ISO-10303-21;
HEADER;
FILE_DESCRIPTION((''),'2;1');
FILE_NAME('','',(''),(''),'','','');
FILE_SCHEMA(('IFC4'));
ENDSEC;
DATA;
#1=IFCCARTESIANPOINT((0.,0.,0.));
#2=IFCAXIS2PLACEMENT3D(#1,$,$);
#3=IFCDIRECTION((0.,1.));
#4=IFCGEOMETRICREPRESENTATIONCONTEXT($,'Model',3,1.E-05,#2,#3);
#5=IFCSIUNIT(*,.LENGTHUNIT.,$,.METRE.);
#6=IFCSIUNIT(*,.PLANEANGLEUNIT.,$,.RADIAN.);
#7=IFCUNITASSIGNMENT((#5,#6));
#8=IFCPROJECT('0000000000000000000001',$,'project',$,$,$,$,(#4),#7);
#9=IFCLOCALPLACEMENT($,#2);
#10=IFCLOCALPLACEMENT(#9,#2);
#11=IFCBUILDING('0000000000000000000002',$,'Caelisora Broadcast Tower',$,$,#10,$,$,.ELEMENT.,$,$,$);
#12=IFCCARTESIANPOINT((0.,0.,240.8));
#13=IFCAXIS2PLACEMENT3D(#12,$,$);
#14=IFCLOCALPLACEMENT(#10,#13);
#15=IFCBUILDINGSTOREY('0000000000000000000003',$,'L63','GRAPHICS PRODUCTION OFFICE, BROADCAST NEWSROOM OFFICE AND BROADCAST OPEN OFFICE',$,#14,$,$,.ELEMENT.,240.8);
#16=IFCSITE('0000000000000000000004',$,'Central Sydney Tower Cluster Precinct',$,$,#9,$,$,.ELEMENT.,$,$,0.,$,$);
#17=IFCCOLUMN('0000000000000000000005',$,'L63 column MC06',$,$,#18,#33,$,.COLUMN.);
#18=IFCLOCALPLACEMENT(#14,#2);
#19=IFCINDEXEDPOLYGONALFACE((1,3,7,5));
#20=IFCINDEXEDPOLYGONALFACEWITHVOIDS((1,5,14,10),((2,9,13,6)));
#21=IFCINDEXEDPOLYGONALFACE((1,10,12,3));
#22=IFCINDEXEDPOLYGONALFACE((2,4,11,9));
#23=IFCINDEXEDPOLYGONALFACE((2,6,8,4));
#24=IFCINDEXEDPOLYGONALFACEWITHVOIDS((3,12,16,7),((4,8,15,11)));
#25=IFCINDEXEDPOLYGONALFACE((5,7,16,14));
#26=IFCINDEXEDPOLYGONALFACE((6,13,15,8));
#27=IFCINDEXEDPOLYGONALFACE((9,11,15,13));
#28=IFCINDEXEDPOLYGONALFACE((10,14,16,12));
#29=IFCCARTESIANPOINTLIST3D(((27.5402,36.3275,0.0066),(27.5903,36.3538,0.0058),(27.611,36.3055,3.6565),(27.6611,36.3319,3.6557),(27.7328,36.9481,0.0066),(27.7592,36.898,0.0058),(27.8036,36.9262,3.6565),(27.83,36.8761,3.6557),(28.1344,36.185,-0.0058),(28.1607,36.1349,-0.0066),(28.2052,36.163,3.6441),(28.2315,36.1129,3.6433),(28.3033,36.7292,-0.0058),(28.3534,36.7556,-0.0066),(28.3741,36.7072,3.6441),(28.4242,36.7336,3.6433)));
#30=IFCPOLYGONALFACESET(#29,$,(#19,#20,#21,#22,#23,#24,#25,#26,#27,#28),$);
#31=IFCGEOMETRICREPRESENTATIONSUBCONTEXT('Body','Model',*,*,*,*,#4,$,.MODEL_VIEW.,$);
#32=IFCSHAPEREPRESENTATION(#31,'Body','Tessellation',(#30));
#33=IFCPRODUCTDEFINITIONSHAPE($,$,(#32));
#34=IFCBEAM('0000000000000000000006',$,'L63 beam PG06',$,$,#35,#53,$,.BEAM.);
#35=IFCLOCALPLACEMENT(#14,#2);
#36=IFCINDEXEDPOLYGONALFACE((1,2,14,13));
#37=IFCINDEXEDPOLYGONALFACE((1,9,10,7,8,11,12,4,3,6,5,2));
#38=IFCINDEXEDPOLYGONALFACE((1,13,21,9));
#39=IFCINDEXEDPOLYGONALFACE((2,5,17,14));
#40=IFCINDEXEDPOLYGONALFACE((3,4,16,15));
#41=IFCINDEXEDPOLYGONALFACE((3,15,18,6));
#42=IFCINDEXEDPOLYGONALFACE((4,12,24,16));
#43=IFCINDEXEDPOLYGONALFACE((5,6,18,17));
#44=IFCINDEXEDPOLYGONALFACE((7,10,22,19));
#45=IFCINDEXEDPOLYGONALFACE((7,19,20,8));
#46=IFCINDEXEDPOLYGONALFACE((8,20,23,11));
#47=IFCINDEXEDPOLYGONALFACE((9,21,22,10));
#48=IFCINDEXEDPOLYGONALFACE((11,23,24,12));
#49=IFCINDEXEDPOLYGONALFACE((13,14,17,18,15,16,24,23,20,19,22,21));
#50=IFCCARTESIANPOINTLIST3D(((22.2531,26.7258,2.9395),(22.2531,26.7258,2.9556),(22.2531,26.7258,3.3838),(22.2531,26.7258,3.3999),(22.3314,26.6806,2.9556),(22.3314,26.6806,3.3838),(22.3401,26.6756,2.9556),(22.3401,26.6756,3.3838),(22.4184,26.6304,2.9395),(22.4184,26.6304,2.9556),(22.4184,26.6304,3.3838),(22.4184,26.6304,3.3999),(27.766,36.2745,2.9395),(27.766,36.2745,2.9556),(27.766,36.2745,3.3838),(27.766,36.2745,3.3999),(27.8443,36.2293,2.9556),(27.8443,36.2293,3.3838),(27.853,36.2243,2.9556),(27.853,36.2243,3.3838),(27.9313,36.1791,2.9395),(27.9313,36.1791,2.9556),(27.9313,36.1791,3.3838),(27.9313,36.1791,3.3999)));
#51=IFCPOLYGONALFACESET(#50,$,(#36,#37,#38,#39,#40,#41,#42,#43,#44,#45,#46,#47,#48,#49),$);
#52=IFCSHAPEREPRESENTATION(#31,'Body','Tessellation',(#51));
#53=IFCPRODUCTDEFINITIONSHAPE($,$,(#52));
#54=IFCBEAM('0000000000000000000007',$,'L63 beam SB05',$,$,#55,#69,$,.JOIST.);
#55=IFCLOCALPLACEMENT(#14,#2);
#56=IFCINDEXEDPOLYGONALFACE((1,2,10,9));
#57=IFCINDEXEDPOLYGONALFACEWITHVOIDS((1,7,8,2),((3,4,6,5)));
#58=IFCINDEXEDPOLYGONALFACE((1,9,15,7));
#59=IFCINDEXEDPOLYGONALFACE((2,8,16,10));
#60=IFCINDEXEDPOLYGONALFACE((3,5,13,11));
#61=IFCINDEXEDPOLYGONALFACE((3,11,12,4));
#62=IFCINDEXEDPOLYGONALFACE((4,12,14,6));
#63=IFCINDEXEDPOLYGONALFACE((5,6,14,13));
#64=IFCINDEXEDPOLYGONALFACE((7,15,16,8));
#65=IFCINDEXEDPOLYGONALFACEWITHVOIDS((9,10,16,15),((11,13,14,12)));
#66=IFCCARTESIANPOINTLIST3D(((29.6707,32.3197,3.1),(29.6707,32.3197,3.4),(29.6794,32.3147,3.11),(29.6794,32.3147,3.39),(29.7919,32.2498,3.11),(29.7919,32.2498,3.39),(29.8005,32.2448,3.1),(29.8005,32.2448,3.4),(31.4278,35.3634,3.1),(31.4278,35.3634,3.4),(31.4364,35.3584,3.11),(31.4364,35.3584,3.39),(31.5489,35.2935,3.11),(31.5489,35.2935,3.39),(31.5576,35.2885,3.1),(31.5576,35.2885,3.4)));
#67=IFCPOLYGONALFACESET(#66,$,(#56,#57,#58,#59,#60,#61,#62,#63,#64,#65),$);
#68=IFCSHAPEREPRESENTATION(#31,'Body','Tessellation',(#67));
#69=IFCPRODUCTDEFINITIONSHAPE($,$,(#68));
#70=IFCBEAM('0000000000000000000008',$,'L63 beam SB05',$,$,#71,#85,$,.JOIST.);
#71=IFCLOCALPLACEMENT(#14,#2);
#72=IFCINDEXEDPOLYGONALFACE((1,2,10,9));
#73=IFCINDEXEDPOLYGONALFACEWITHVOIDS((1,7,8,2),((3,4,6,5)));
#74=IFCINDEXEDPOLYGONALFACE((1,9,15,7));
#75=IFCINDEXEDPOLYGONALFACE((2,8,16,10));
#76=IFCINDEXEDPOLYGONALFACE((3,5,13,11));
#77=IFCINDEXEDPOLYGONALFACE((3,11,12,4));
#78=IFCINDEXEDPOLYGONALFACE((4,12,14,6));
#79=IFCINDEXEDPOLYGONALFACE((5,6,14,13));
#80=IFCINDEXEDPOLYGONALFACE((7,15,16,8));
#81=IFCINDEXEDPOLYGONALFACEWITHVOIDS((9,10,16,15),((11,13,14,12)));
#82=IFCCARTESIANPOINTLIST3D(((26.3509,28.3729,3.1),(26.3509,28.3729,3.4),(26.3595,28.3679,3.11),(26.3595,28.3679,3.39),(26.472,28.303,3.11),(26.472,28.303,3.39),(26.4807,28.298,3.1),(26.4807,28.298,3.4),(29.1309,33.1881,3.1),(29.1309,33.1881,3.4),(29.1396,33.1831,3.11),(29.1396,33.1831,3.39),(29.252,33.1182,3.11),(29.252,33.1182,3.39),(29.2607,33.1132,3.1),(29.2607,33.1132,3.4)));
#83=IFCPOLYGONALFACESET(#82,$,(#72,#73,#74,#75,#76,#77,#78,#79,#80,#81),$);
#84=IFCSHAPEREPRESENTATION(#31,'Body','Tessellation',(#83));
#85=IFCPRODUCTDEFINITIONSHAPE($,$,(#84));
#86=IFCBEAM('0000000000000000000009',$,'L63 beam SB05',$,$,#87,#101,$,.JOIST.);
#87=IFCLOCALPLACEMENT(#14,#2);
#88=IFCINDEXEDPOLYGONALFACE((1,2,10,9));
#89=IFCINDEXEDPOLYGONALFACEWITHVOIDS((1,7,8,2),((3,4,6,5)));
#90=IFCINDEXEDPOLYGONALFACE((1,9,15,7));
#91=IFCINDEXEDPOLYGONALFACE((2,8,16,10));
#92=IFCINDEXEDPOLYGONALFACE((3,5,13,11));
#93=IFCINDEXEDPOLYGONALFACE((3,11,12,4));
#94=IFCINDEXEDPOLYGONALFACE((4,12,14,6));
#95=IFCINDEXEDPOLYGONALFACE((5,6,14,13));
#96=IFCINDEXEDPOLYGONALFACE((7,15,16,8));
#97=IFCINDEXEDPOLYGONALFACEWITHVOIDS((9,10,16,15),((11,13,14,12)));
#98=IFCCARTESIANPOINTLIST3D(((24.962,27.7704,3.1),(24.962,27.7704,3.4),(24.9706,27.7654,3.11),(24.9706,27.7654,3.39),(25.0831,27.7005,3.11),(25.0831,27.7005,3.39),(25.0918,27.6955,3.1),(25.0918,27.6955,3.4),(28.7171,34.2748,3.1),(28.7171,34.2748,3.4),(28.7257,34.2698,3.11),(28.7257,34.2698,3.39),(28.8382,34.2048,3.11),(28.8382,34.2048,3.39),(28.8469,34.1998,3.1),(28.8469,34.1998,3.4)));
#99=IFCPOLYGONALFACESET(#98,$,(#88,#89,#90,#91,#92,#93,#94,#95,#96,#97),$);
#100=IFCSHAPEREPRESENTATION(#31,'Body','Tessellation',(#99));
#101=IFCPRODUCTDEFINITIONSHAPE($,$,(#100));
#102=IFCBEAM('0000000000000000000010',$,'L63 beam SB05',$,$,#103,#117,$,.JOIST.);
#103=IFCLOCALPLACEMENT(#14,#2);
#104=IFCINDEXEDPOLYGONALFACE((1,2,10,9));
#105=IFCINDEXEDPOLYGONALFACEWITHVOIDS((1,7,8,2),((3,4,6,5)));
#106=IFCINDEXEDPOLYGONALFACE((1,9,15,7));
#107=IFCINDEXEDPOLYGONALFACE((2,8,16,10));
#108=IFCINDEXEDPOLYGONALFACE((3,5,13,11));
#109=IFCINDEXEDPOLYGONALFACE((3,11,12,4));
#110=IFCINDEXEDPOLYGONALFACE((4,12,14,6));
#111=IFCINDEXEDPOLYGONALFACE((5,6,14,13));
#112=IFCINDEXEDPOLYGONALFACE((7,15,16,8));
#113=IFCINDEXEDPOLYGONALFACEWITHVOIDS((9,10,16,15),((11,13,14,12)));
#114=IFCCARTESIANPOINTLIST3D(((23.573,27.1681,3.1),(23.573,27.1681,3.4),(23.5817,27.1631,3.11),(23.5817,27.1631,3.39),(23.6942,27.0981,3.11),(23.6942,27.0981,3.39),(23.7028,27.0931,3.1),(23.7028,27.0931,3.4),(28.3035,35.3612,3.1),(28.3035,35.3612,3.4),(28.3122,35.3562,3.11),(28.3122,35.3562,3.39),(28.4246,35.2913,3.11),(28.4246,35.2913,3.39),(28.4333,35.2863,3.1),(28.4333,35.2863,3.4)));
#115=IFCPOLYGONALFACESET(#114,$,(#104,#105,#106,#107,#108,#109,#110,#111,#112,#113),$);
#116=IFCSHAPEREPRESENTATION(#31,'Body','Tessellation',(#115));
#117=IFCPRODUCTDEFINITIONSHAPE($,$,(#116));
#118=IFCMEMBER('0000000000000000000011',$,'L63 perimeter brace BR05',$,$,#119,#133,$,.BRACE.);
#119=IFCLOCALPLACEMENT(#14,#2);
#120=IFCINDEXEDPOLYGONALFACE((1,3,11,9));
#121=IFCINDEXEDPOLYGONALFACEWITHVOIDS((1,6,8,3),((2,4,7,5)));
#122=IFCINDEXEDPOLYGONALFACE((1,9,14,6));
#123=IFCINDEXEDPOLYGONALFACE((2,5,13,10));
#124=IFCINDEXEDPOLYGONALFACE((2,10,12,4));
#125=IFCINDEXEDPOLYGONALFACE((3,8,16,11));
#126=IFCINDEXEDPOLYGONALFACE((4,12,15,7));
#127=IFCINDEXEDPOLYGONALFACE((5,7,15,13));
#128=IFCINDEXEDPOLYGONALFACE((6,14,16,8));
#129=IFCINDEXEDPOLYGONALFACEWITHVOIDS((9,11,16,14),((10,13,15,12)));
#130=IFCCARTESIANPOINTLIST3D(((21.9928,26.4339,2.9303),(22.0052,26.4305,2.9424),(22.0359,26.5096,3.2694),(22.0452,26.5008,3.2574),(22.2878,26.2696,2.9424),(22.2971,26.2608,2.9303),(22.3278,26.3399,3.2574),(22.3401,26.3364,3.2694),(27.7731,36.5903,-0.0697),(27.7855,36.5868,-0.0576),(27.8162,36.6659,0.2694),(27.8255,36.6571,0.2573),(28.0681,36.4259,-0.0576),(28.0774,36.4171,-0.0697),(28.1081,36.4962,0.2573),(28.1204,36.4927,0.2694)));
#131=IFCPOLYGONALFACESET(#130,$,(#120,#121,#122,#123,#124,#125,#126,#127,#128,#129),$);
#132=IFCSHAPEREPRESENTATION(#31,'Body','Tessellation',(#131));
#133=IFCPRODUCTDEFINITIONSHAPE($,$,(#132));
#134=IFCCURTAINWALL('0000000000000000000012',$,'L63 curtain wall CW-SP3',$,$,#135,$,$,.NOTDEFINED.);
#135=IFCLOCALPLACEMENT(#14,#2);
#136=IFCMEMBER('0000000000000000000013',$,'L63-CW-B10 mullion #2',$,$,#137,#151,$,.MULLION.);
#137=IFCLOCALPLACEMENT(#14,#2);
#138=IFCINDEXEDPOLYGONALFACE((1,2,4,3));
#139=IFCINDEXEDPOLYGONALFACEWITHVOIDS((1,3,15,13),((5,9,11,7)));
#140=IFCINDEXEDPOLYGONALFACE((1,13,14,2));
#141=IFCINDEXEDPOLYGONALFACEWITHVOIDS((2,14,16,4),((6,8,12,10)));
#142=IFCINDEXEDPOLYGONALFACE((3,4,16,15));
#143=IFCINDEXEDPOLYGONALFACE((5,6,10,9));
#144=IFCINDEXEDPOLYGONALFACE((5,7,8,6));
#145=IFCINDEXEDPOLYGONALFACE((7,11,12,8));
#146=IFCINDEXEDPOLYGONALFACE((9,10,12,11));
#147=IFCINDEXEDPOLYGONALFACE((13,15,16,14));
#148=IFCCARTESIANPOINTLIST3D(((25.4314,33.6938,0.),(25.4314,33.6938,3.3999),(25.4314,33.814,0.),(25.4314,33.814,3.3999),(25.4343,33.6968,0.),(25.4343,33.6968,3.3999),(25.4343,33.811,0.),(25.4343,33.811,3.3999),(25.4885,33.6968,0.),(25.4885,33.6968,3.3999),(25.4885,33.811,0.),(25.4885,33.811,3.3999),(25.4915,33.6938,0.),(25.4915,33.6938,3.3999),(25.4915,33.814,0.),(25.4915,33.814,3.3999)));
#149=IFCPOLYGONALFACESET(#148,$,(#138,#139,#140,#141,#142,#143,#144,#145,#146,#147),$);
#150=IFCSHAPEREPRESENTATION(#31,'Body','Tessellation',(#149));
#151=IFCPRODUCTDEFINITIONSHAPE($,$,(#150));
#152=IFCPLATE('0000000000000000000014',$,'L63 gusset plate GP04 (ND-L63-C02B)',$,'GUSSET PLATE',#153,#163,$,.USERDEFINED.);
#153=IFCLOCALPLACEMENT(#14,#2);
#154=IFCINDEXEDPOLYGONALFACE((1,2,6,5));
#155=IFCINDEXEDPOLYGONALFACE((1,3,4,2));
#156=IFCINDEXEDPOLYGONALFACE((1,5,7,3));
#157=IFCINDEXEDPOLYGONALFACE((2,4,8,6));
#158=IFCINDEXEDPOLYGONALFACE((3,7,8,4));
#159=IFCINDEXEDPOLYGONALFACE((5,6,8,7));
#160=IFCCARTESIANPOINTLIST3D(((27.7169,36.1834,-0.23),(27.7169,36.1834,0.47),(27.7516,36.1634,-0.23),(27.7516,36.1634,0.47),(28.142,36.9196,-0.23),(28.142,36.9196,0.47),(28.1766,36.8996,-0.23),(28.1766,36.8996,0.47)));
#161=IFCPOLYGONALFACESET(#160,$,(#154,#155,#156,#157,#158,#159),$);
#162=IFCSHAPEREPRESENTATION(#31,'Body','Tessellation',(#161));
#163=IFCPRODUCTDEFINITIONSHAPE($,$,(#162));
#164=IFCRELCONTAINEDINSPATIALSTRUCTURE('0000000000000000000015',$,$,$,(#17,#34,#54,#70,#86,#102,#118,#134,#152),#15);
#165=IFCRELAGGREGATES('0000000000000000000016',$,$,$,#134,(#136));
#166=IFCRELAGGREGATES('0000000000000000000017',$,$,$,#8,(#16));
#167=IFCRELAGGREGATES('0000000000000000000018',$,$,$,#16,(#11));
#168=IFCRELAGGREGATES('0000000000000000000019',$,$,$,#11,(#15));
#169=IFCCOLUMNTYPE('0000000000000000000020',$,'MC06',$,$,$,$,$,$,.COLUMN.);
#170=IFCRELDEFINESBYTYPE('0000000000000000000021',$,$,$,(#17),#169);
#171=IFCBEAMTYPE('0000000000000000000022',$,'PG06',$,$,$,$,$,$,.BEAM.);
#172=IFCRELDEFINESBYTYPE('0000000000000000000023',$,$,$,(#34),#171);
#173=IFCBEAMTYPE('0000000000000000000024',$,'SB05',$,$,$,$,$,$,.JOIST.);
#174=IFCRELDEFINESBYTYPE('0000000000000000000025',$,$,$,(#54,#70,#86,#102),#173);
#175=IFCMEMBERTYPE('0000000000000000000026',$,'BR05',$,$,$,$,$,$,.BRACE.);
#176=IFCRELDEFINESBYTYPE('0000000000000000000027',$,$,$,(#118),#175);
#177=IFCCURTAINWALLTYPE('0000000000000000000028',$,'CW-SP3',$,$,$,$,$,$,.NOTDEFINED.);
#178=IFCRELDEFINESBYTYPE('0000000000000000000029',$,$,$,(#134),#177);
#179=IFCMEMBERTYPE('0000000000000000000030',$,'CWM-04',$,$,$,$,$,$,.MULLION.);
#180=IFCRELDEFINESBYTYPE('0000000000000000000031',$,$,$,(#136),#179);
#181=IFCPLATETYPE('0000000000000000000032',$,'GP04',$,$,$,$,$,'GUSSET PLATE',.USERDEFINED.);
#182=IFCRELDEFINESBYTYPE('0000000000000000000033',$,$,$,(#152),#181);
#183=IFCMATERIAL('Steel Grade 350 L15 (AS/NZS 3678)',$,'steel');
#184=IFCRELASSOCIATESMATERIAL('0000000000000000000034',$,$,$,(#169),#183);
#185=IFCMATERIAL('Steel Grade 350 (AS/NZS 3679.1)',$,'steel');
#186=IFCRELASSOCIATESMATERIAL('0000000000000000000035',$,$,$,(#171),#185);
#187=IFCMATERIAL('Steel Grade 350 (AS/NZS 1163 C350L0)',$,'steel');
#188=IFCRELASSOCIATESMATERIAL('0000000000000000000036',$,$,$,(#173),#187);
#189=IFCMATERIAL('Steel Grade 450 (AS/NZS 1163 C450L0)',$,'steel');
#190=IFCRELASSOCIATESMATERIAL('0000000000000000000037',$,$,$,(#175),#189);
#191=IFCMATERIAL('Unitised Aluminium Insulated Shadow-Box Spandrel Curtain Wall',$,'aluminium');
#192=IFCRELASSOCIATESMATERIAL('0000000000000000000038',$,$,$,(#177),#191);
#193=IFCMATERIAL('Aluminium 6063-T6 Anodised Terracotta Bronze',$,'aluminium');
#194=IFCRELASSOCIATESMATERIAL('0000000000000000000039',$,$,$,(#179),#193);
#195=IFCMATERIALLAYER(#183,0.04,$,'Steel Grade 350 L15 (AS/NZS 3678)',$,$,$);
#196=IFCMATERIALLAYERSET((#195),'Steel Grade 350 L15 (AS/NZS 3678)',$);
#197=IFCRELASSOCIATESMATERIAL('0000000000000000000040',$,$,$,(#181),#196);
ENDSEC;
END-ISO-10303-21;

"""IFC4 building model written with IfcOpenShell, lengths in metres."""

from ifc_helpers import new_model, si_unit, direction, frame, origin, origin_2d, place, context, subcontext, project, spatial, rectangle, hollow_rectangle, i_section, extrude, source, transform, mapped, material, layer, layer_set, material_profile, profile_set, type_object, type_shapes, element, aggregate, save


model = new_model("IFC4")

# Units and contexts
model_context = context("Model", 3, precision=1e-05, world=origin(), true_north=direction((0.0, 1.0)))
body_context = subcontext(model_context, "Body", "Model", "MODEL_VIEW")
ifc_project = project(units=[si_unit("LENGTHUNIT", "METRE"), si_unit("PLANEANGLEUNIT", "RADIAN")], contexts=[model_context])

# Site, building, storey
site_placement = place(None, origin())
site = spatial("IfcSite", under=ifc_project, at=site_placement, Name="Central Sydney Tower Cluster Precinct", CompositionType="ELEMENT", RefElevation=0.0)
building_placement = place(site_placement, origin())
building = spatial("IfcBuilding", under=site, at=building_placement, Name="Caelisora Broadcast Tower", CompositionType="ELEMENT")
storey_placement = place(building_placement, frame((0.0, 0.0, 240.8)))
storey = spatial("IfcBuildingStorey", under=building, at=storey_placement, Name="L63", Description="GRAPHICS PRODUCTION OFFICE, BROADCAST NEWSROOM OFFICE AND BROADCAST OPEN OFFICE", CompositionType="ELEMENT", Elevation=240.8)

# Column
ifc_material_1 = material(Name="Steel Grade 350 L15 (AS/NZS 3678)", Category="steel")
ifc_material_profile_1 = material_profile(ifc_material_1, hollow_rectangle(XDim=0.6499, YDim=0.6499, WallThickness=0.04, at=origin_2d()), Name="Steel Grade 350 L15 (AS/NZS 3678)")
ifc_profile_set_1 = profile_set([ifc_material_profile_1], Name="Steel Grade 350 L15 (AS/NZS 3678)")
column_type = type_object("IfcColumnType", Name="MC06", PredefinedType="COLUMN", material=ifc_profile_set_1)
shared_shape_1 = source(origin(), body_context, "Body", "SweptSolid", [
    extrude(hollow_rectangle(XDim=0.6499, YDim=0.6499, WallThickness=0.04, at=origin_2d()), origin(), (0.0, 0.0, 1.0), 3.6506),
])
type_shapes(column_type, [shared_shape_1])
column_placement = place(storey_placement, frame((27.9468, 36.5415, 0.0), z_axis=(0.019394, -0.006019, 0.999794), x_axis=(0.296399, 0.955064, 0.0)))
element("IfcColumn", 1, at=column_placement, inside=storey, type_object=column_type, Name="L63 column MC06", PredefinedType="COLUMN", context=body_context, shape_type="MappedRepresentation", body=[
    mapped(shared_shape_1, transform((0.0, 0.0, 0.0), scale=1.0)),
])

# Beams
ifc_material_2 = material(Name="Steel Grade 350 (AS/NZS 3679.1)", Category="steel")
ifc_material_profile_2 = material_profile(ifc_material_2, i_section(OverallWidth=0.1909, OverallDepth=0.4604, WebThickness=0.01, FlangeThickness=0.0161, at=origin_2d()), Name="Steel Grade 350 (AS/NZS 3679.1)")
ifc_profile_set_2 = profile_set([ifc_material_profile_2], Name="Steel Grade 350 (AS/NZS 3679.1)")
beam_type_1 = type_object("IfcBeamType", Name="PG06", PredefinedType="BEAM", material=ifc_profile_set_2)
shared_shape_2 = source(origin(), body_context, "Body", "SweptSolid", [
    extrude(i_section(OverallWidth=0.1909, OverallDepth=0.4604, WebThickness=0.01, FlangeThickness=0.0161, at=origin_2d()), origin(), (0.0, 0.0, 1.0), 11.0259),
])
type_shapes(beam_type_1, [shared_shape_2])
beam_1_placement = place(storey_placement, frame((27.8486, 36.2268, 3.1697), z_axis=(-0.499995, -0.866029, 0.0), x_axis=(0.866029, -0.499995, 0.0)))
element("IfcBeam", 2, at=beam_1_placement, inside=storey, type_object=beam_type_1, Name="L63 beam PG06", PredefinedType="BEAM", context=body_context, shape_type="MappedRepresentation", body=[
    mapped(shared_shape_2, transform((0.0, 0.0, 0.0), scale=1.0)),
])
ifc_material_3 = material(Name="Steel Grade 350 (AS/NZS 1163 C350L0)", Category="steel")
ifc_material_profile_3 = material_profile(ifc_material_3, hollow_rectangle(XDim=0.1499, YDim=0.3, WallThickness=0.01, at=origin_2d()), Name="Steel Grade 350 (AS/NZS 1163 C350L0)")
ifc_profile_set_3 = profile_set([ifc_material_profile_3], Name="Steel Grade 350 (AS/NZS 1163 C350L0)")
beam_type_2 = type_object("IfcBeamType", Name="SB05", PredefinedType="JOIST", material=ifc_profile_set_3)
shared_shape_3 = source(origin(), body_context, "Body", "SweptSolid", [
    extrude(hollow_rectangle(XDim=0.1499, YDim=0.3, WallThickness=0.01, at=origin_2d()), origin(), (0.0, 0.0, 1.0), 3.5144),
])
beam_2_placement = place(storey_placement, frame((31.4927, 35.3259, 3.25), z_axis=(-0.499957, -0.86605, 0.0), x_axis=(0.86605, -0.499957, 0.0)))
element("IfcBeam", 3, at=beam_2_placement, inside=storey, type_object=beam_type_2, Name="L63 beam SB05", PredefinedType="JOIST", context=body_context, shape_type="MappedRepresentation", body=[
    mapped(shared_shape_3, transform((0.0, 0.0, 0.0), scale=1.0)),
])
shared_shape_4 = source(origin(), body_context, "Body", "SweptSolid", [
    extrude(hollow_rectangle(XDim=0.1499, YDim=0.3, WallThickness=0.01, at=origin_2d()), origin(), (0.0, 0.0, 1.0), 5.5601),
])
beam_3_placement = place(storey_placement, frame((29.1958, 33.1506, 3.25), z_axis=(-0.499997, -0.866027, 0.0), x_axis=(0.866027, -0.499997, 0.0)))
element("IfcBeam", 4, at=beam_3_placement, inside=storey, type_object=beam_type_2, Name="L63 beam SB05", PredefinedType="JOIST", context=body_context, shape_type="MappedRepresentation", body=[
    mapped(shared_shape_4, transform((0.0, 0.0, 0.0), scale=1.0)),
])
shared_shape_5 = source(origin(), body_context, "Body", "SweptSolid", [
    extrude(hollow_rectangle(XDim=0.1499, YDim=0.3, WallThickness=0.01, at=origin_2d()), origin(), (0.0, 0.0, 1.0), 7.5105),
])
beam_4_placement = place(storey_placement, frame((28.782, 34.2373, 3.25), z_axis=(-0.499981, -0.866036, 0.0), x_axis=(0.866036, -0.499981, 0.0)))
element("IfcBeam", 5, at=beam_4_placement, inside=storey, type_object=beam_type_2, Name="L63 beam SB05", PredefinedType="JOIST", context=body_context, shape_type="MappedRepresentation", body=[
    mapped(shared_shape_5, transform((0.0, 0.0, 0.0), scale=1.0)),
])
shared_shape_6 = source(origin(), body_context, "Body", "SweptSolid", [
    extrude(hollow_rectangle(XDim=0.1499, YDim=0.3, WallThickness=0.01, at=origin_2d()), origin(), (0.0, 0.0, 1.0), 9.4607),
])
type_shapes(beam_type_2, [shared_shape_3, shared_shape_4, shared_shape_5, shared_shape_6])
beam_5_placement = place(storey_placement, frame((28.3684, 35.3237, 3.25), z_axis=(-0.500014, -0.866018, 0.0), x_axis=(0.866018, -0.500014, 0.0)))
element("IfcBeam", 6, at=beam_5_placement, inside=storey, type_object=beam_type_2, Name="L63 beam SB05", PredefinedType="JOIST", context=body_context, shape_type="MappedRepresentation", body=[
    mapped(shared_shape_6, transform((0.0, 0.0, 0.0), scale=1.0)),
])

# Member
ifc_material_4 = material(Name="Steel Grade 450 (AS/NZS 1163 C450L0)", Category="steel")
ifc_material_profile_4 = material_profile(ifc_material_4, hollow_rectangle(XDim=0.3501, YDim=0.3501, WallThickness=0.0125, at=origin_2d()), Name="Steel Grade 450 (AS/NZS 1163 C450L0)")
ifc_profile_set_4 = profile_set([ifc_material_profile_4], Name="Steel Grade 450 (AS/NZS 1163 C450L0)")
member_type_1 = type_object("IfcMemberType", Name="BR05", PredefinedType="BRACE", material=ifc_profile_set_4)
shared_shape_7 = source(origin(), body_context, "Body", "SweptSolid", [
    extrude(hollow_rectangle(XDim=0.3501, YDim=0.3501, WallThickness=0.0125, at=origin_2d()), origin(), (0.0, 0.0, 1.0), 12.0649),
])
type_shapes(member_type_1, [shared_shape_7])
member_1_placement = place(storey_placement, frame((27.9468, 36.5415, 0.0999), z_axis=(-0.4791, -0.841804, 0.248656), x_axis=(0.869101, -0.494635, 0.0)))
element("IfcMember", 7, at=member_1_placement, inside=storey, type_object=member_type_1, Name="L63 perimeter brace BR05", PredefinedType="BRACE", context=body_context, shape_type="MappedRepresentation", body=[
    mapped(shared_shape_7, transform((0.0, 0.0, 0.0), scale=1.0)),
])

# Curtain wall, member
ifc_material_5 = material(Name="Unitised Aluminium Insulated Shadow-Box Spandrel Curtain Wall", Category="aluminium")
curtain_wall_type = type_object("IfcCurtainWallType", Name="CW-SP3", PredefinedType="NOTDEFINED", material=ifc_material_5)
curtain_wall_placement = place(storey_placement, origin())
curtain_wall = element("IfcCurtainWall", 8, at=curtain_wall_placement, inside=storey, type_object=curtain_wall_type, Name="L63 curtain wall CW-SP3", PredefinedType="NOTDEFINED")
ifc_material_6 = material(Name="Aluminium 6063-T6 Anodised Terracotta Bronze", Category="aluminium")
ifc_material_profile_5 = material_profile(ifc_material_6, hollow_rectangle(XDim=0.0601, YDim=0.1201, WallThickness=0.0029, at=origin_2d()), Name="Aluminium 6063-T6 Anodised Terracotta Bronze")
ifc_profile_set_5 = profile_set([ifc_material_profile_5], Name="Aluminium 6063-T6 Anodised Terracotta Bronze")
member_type_2 = type_object("IfcMemberType", Name="CWM-04", PredefinedType="MULLION", material=ifc_profile_set_5)
shared_shape_8 = source(origin(), body_context, "Body", "SweptSolid", [
    extrude(hollow_rectangle(XDim=0.0601, YDim=0.1201, WallThickness=0.0029, at=origin_2d()), origin(), (0.0, 0.0, 1.0), 3.3999),
])
type_shapes(member_type_2, [shared_shape_8])
member_2_placement = place(storey_placement, frame((25.4614, 33.7539, 0.0), z_axis=(0.0, 0.0, 1.0), x_axis=(1.0, 0.0, 0.0)))
member_2 = element("IfcMember", 9, at=member_2_placement, type_object=member_type_2, Name="L63-CW-B10 mullion #2", PredefinedType="MULLION", context=body_context, shape_type="MappedRepresentation", body=[
    mapped(shared_shape_8, transform((0.0, 0.0, 0.0), scale=1.0)),
])

# Plate
ifc_layer_1 = layer(ifc_material_1, 0.04, Name="Steel Grade 350 L15 (AS/NZS 3678)")
ifc_layer_set_1 = layer_set([ifc_layer_1], Name="Steel Grade 350 L15 (AS/NZS 3678)")
plate_type_1 = type_object("IfcPlateType", Name="GP04", ElementType="GUSSET PLATE", PredefinedType="USERDEFINED", material=ifc_layer_set_1)
shared_shape_9 = source(origin(), body_context, "Body", "SweptSolid", [
    extrude(rectangle(XDim=0.8501, YDim=0.04, at=origin_2d()), origin(), (0.0, 0.0, 1.0), 0.7),
])
plate_1_placement = place(storey_placement, frame((27.9468, 36.5415, -0.23), z_axis=(0.0, 0.0, 1.0), x_axis=(-0.5, -0.866025, 0.0)))
element("IfcPlate", 10, at=plate_1_placement, inside=storey, type_object=plate_type_1, Name="L63 gusset plate GP04 (ND-L63-C02B)", ObjectType="GUSSET PLATE", PredefinedType="USERDEFINED", context=body_context, shape_type="MappedRepresentation", body=[
    mapped(shared_shape_9, transform((0.0, 0.0, 0.0), scale=1.0)),
])

aggregate(curtain_wall, [member_2])

save(model, "model.ifc")
